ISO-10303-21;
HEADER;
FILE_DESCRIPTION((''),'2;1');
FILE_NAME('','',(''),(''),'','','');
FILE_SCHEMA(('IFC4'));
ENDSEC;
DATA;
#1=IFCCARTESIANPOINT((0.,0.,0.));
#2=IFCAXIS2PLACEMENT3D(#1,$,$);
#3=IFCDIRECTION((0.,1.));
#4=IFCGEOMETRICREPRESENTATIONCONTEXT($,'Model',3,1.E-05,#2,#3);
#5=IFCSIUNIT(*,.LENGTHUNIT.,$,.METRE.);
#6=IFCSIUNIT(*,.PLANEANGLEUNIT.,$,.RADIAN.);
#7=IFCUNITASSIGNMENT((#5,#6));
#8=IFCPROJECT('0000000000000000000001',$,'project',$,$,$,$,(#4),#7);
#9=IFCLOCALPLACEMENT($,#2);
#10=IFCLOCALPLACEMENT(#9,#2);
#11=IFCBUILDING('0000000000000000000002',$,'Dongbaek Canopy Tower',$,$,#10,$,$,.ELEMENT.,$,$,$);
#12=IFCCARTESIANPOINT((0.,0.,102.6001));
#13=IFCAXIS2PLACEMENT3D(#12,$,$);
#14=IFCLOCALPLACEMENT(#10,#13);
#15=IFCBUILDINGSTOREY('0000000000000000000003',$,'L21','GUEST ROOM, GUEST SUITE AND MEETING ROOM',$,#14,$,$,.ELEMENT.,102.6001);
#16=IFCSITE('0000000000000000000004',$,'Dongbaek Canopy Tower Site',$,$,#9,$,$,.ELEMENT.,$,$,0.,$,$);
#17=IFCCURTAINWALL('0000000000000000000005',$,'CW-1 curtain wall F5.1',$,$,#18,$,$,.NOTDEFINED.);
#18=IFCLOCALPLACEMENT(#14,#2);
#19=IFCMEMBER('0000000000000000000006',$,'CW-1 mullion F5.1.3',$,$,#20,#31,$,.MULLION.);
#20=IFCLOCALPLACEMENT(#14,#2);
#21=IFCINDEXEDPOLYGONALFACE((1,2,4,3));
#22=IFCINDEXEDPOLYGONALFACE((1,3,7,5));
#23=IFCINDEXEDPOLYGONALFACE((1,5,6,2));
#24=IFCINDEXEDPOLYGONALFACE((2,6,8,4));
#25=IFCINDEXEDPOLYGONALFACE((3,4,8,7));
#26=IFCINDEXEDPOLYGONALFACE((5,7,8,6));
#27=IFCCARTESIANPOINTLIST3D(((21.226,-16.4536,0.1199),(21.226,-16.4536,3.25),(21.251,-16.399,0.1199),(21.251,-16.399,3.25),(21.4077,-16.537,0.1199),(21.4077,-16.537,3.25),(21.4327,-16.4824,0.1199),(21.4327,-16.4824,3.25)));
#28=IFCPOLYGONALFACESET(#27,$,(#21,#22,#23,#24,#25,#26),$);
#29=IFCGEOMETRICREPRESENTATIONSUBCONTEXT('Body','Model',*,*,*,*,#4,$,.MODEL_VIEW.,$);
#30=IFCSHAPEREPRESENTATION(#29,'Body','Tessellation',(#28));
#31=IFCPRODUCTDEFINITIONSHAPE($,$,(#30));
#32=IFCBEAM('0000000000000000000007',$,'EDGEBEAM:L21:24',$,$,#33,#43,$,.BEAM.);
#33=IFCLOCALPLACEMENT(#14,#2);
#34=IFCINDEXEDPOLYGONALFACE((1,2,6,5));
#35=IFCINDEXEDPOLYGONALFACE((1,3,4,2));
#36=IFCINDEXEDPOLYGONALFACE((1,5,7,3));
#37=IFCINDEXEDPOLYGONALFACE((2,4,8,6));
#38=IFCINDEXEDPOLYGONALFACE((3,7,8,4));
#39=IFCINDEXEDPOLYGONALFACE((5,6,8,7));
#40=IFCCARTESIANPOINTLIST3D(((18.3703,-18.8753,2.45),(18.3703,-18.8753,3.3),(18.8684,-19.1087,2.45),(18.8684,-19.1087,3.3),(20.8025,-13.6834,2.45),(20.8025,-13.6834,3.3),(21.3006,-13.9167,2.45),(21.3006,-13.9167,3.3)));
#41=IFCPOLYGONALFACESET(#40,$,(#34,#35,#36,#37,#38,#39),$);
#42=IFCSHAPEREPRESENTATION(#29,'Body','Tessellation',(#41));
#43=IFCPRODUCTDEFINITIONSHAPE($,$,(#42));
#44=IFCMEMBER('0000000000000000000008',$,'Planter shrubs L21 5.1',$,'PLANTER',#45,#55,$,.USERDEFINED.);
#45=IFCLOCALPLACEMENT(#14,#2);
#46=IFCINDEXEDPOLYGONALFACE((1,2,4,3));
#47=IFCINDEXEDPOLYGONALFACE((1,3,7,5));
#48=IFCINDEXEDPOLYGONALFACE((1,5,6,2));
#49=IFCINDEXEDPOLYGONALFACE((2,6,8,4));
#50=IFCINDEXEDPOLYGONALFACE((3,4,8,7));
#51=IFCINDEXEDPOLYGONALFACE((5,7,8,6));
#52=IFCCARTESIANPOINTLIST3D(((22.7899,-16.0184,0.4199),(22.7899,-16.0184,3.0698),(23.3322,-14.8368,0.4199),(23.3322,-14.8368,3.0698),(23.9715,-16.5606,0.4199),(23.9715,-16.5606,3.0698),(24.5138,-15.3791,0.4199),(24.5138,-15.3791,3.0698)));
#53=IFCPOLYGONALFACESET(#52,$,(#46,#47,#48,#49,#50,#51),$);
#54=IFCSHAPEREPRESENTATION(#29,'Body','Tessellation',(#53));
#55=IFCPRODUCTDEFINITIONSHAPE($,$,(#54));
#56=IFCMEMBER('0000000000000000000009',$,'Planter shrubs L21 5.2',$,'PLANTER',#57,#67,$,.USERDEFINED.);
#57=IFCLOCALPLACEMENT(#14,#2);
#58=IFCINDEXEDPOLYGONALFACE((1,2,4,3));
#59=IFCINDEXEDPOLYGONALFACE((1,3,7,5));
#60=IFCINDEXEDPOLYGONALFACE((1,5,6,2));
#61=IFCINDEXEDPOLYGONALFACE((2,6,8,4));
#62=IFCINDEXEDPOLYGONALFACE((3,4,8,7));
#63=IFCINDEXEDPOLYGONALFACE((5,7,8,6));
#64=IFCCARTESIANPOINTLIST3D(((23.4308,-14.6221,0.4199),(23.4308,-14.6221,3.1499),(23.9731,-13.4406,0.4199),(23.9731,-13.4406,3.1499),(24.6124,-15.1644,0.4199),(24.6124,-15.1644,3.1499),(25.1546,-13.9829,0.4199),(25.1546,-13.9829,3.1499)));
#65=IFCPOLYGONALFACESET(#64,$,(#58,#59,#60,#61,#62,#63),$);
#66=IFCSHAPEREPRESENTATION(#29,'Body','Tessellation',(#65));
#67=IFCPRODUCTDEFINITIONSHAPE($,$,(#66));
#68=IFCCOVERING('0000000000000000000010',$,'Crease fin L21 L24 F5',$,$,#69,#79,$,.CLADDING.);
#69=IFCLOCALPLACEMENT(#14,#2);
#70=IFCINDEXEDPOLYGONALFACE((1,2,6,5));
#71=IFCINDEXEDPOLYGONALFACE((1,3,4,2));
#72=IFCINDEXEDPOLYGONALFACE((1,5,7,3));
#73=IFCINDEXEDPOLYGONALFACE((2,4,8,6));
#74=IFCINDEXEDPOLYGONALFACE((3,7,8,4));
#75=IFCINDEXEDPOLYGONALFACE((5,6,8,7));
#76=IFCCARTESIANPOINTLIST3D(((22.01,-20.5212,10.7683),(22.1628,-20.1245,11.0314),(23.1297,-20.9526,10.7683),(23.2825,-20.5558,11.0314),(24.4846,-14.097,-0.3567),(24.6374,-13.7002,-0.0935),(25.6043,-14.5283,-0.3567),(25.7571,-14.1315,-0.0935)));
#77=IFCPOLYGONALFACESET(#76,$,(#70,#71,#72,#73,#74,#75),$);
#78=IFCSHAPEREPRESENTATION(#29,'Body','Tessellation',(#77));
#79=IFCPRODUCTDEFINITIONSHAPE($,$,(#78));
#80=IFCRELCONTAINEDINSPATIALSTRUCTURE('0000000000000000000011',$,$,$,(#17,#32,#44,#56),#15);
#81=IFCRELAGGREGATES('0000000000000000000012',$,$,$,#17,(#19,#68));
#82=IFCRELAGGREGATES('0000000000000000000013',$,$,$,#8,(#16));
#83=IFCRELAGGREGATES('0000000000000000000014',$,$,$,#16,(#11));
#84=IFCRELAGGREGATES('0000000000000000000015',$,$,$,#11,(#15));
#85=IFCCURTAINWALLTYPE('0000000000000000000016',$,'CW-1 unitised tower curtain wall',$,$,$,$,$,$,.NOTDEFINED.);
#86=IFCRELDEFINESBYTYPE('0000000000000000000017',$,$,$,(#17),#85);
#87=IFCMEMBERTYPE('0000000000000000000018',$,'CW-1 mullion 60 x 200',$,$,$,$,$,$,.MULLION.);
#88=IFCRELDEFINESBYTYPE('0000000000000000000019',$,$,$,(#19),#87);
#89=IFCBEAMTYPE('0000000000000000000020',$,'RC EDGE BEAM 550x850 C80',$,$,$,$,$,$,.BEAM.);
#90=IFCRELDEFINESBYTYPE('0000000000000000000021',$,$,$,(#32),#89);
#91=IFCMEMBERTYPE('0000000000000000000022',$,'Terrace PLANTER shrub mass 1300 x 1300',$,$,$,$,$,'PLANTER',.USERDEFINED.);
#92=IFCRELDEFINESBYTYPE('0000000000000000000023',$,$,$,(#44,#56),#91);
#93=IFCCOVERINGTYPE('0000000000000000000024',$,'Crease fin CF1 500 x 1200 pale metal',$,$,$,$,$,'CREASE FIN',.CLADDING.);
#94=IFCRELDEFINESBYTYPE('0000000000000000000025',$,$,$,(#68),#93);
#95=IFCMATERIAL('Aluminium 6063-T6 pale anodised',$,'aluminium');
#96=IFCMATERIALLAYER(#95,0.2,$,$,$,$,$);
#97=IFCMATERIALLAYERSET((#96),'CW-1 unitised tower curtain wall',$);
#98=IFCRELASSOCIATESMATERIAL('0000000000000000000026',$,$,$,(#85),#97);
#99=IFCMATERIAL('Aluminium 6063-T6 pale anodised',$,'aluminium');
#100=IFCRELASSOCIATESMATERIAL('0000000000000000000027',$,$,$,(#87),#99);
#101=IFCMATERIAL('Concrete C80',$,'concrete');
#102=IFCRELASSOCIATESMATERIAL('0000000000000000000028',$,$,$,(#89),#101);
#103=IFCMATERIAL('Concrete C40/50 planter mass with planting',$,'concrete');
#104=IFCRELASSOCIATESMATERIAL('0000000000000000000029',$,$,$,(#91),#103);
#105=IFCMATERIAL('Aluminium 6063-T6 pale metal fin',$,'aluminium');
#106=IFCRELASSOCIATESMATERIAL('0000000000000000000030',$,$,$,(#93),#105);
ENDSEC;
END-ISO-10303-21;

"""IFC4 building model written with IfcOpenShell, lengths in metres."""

from ifc_helpers import new_model, si_unit, direction, frame, origin, origin_2d, place, context, subcontext, project, spatial, rectangle, extrude, material, layer, layer_set, material_profile, profile_set, type_object, element, aggregate, save


model = new_model("IFC4")

# Units and contexts
model_context = context("Model", 3, precision=1e-05, world=origin(), true_north=direction((0.0, 1.0)))
body_context = subcontext(model_context, "Body", "Model", "MODEL_VIEW")
ifc_project = project(units=[si_unit("LENGTHUNIT", "METRE"), si_unit("PLANEANGLEUNIT", "RADIAN")], contexts=[model_context])

# Site, building, storey
site_placement = place(None, origin())
site = spatial("IfcSite", under=ifc_project, at=site_placement, Name="Dongbaek Canopy Tower Site", CompositionType="ELEMENT", RefElevation=0.0)
building_placement = place(site_placement, origin())
building = spatial("IfcBuilding", under=site, at=building_placement, Name="Dongbaek Canopy Tower", CompositionType="ELEMENT")
storey_placement = place(building_placement, frame((0.0, 0.0, 102.6001)))
storey = spatial("IfcBuildingStorey", under=building, at=storey_placement, Name="L21", Description="GUEST ROOM, GUEST SUITE AND MEETING ROOM", CompositionType="ELEMENT", Elevation=102.6001)

# Curtain wall, member
ifc_material_1 = material(Name="Aluminium 6063-T6 pale anodised", Category="aluminium")
ifc_layer_1 = layer(ifc_material_1, 0.2)
ifc_layer_set_1 = layer_set([ifc_layer_1], Name="CW-1 unitised tower curtain wall")
curtain_wall_type = type_object("IfcCurtainWallType", Name="CW-1 unitised tower curtain wall", PredefinedType="NOTDEFINED", material=ifc_layer_set_1)
curtain_wall_placement = place(storey_placement, origin())
curtain_wall = element("IfcCurtainWall", 1, at=curtain_wall_placement, inside=storey, type_object=curtain_wall_type, Name="CW-1 curtain wall F5.1", PredefinedType="NOTDEFINED")
ifc_material_2 = material(Name="Aluminium 6063-T6 pale anodised", Category="aluminium")
ifc_material_profile_1 = material_profile(ifc_material_2, rectangle(XDim=0.2, YDim=0.0601, at=origin_2d()), Name="CW-1 mullion 60 x 200")
ifc_profile_set_1 = profile_set([ifc_material_profile_1], Name="Aluminium 6063-T6 pale anodised")
member_type_1 = type_object("IfcMemberType", Name="CW-1 mullion 60 x 200", PredefinedType="MULLION", material=ifc_profile_set_1)
member_1_placement = place(storey_placement, frame((21.3293, -16.468, 0.1199), z_axis=(0.0, 0.0, 1.0), x_axis=(0.908849, -0.417126, 0.0)))
member_1 = element("IfcMember", 2, at=member_1_placement, type_object=member_type_1, Name="CW-1 mullion F5.1.3", PredefinedType="MULLION", context=body_context, shape_type="SweptSolid", body=[
    extrude(rectangle(XDim=0.2, YDim=0.0601, at=origin_2d()), origin(), (0.0, 0.0, 1.0), 3.1301),
])

# Beam
ifc_material_3 = material(Name="Concrete C80", Category="concrete")
ifc_material_profile_2 = material_profile(ifc_material_3, rectangle(XDim=0.55, YDim=0.8501, at=origin_2d()), Name="RC EDGE BEAM 550x850 C80")
ifc_profile_set_2 = profile_set([ifc_material_profile_2], Name="Concrete C80")
beam_type = type_object("IfcBeamType", Name="RC EDGE BEAM 550x850 C80", PredefinedType="BEAM", material=ifc_profile_set_2)
beam_placement = place(storey_placement, frame((21.0515, -13.8, 2.875), z_axis=(-0.424209, -0.905564, 0.0), x_axis=(0.905564, -0.424209, 0.0)))
element("IfcBeam", 3, at=beam_placement, inside=storey, type_object=beam_type, Name="EDGEBEAM:L21:24", PredefinedType="BEAM", context=body_context, shape_type="SweptSolid", body=[
    extrude(rectangle(XDim=0.55, YDim=0.8501, at=origin_2d()), origin(), (0.0, 0.0, 1.0), 5.7334),
])

# Members
ifc_material_4 = material(Name="Concrete C40/50 planter mass with planting", Category="concrete")
ifc_material_profile_3 = material_profile(ifc_material_4, rectangle(XDim=1.3, YDim=1.3, at=origin_2d()), Name="Terrace PLANTER shrub mass 1300 x 1300")
ifc_profile_set_3 = profile_set([ifc_material_profile_3], Name="Concrete C40/50 planter mass with planting")
member_type_2 = type_object("IfcMemberType", Name="Terrace PLANTER shrub mass 1300 x 1300", ElementType="PLANTER", PredefinedType="USERDEFINED", material=ifc_profile_set_3)
member_2_placement = place(storey_placement, frame((23.6519, -15.6987, 0.4199), z_axis=(0.0, 0.0, 1.0), x_axis=(0.908849, -0.417126, 0.0)))
element("IfcMember", 4, at=member_2_placement, inside=storey, type_object=member_type_2, Name="Planter shrubs L21 5.1", ObjectType="PLANTER", PredefinedType="USERDEFINED", context=body_context, shape_type="SweptSolid", body=[
    extrude(rectangle(XDim=1.3, YDim=1.3, at=origin_2d()), origin(), (0.0, 0.0, 1.0), 2.6499),
])
member_3_placement = place(storey_placement, frame((24.2927, -14.3025, 0.4199), z_axis=(0.0, 0.0, 1.0), x_axis=(0.908849, -0.417126, 0.0)))
element("IfcMember", 5, at=member_3_placement, inside=storey, type_object=member_type_2, Name="Planter shrubs L21 5.2", ObjectType="PLANTER", PredefinedType="USERDEFINED", context=body_context, shape_type="SweptSolid", body=[
    extrude(rectangle(XDim=1.3, YDim=1.3, at=origin_2d()), origin(), (0.0, 0.0, 1.0), 2.73),
])

# Covering
ifc_material_5 = material(Name="Aluminium 6063-T6 pale metal fin", Category="aluminium")
ifc_material_profile_4 = material_profile(ifc_material_5, rectangle(XDim=1.2, YDim=0.5, at=origin_2d()), Name="Crease fin CF1 500 x 1200 pale metal")
ifc_profile_set_4 = profile_set([ifc_material_profile_4], Name="Aluminium 6063-T6 pale metal fin")
covering_type = type_object("IfcCoveringType", Name="Crease fin CF1 500 x 1200 pale metal", ElementType="CREASE FIN", PredefinedType="CLADDING", material=ifc_profile_set_4)
covering_placement = place(storey_placement, frame((25.1208, -14.1143, -0.2251), z_axis=(-0.189149, -0.491048, 0.850349), x_axis=(0.933165, -0.35945, 0.0)))
covering = element("IfcCovering", 6, at=covering_placement, type_object=covering_type, Name="Crease fin L21 L24 F5", PredefinedType="CLADDING", context=body_context, shape_type="SweptSolid", body=[
    extrude(rectangle(XDim=1.2, YDim=0.5, at=origin_2d()), origin(), (0.0, 0.0, 1.0), 13.0828),
])
aggregate(curtain_wall, [member_1, covering])

save(model, "model.ifc")
